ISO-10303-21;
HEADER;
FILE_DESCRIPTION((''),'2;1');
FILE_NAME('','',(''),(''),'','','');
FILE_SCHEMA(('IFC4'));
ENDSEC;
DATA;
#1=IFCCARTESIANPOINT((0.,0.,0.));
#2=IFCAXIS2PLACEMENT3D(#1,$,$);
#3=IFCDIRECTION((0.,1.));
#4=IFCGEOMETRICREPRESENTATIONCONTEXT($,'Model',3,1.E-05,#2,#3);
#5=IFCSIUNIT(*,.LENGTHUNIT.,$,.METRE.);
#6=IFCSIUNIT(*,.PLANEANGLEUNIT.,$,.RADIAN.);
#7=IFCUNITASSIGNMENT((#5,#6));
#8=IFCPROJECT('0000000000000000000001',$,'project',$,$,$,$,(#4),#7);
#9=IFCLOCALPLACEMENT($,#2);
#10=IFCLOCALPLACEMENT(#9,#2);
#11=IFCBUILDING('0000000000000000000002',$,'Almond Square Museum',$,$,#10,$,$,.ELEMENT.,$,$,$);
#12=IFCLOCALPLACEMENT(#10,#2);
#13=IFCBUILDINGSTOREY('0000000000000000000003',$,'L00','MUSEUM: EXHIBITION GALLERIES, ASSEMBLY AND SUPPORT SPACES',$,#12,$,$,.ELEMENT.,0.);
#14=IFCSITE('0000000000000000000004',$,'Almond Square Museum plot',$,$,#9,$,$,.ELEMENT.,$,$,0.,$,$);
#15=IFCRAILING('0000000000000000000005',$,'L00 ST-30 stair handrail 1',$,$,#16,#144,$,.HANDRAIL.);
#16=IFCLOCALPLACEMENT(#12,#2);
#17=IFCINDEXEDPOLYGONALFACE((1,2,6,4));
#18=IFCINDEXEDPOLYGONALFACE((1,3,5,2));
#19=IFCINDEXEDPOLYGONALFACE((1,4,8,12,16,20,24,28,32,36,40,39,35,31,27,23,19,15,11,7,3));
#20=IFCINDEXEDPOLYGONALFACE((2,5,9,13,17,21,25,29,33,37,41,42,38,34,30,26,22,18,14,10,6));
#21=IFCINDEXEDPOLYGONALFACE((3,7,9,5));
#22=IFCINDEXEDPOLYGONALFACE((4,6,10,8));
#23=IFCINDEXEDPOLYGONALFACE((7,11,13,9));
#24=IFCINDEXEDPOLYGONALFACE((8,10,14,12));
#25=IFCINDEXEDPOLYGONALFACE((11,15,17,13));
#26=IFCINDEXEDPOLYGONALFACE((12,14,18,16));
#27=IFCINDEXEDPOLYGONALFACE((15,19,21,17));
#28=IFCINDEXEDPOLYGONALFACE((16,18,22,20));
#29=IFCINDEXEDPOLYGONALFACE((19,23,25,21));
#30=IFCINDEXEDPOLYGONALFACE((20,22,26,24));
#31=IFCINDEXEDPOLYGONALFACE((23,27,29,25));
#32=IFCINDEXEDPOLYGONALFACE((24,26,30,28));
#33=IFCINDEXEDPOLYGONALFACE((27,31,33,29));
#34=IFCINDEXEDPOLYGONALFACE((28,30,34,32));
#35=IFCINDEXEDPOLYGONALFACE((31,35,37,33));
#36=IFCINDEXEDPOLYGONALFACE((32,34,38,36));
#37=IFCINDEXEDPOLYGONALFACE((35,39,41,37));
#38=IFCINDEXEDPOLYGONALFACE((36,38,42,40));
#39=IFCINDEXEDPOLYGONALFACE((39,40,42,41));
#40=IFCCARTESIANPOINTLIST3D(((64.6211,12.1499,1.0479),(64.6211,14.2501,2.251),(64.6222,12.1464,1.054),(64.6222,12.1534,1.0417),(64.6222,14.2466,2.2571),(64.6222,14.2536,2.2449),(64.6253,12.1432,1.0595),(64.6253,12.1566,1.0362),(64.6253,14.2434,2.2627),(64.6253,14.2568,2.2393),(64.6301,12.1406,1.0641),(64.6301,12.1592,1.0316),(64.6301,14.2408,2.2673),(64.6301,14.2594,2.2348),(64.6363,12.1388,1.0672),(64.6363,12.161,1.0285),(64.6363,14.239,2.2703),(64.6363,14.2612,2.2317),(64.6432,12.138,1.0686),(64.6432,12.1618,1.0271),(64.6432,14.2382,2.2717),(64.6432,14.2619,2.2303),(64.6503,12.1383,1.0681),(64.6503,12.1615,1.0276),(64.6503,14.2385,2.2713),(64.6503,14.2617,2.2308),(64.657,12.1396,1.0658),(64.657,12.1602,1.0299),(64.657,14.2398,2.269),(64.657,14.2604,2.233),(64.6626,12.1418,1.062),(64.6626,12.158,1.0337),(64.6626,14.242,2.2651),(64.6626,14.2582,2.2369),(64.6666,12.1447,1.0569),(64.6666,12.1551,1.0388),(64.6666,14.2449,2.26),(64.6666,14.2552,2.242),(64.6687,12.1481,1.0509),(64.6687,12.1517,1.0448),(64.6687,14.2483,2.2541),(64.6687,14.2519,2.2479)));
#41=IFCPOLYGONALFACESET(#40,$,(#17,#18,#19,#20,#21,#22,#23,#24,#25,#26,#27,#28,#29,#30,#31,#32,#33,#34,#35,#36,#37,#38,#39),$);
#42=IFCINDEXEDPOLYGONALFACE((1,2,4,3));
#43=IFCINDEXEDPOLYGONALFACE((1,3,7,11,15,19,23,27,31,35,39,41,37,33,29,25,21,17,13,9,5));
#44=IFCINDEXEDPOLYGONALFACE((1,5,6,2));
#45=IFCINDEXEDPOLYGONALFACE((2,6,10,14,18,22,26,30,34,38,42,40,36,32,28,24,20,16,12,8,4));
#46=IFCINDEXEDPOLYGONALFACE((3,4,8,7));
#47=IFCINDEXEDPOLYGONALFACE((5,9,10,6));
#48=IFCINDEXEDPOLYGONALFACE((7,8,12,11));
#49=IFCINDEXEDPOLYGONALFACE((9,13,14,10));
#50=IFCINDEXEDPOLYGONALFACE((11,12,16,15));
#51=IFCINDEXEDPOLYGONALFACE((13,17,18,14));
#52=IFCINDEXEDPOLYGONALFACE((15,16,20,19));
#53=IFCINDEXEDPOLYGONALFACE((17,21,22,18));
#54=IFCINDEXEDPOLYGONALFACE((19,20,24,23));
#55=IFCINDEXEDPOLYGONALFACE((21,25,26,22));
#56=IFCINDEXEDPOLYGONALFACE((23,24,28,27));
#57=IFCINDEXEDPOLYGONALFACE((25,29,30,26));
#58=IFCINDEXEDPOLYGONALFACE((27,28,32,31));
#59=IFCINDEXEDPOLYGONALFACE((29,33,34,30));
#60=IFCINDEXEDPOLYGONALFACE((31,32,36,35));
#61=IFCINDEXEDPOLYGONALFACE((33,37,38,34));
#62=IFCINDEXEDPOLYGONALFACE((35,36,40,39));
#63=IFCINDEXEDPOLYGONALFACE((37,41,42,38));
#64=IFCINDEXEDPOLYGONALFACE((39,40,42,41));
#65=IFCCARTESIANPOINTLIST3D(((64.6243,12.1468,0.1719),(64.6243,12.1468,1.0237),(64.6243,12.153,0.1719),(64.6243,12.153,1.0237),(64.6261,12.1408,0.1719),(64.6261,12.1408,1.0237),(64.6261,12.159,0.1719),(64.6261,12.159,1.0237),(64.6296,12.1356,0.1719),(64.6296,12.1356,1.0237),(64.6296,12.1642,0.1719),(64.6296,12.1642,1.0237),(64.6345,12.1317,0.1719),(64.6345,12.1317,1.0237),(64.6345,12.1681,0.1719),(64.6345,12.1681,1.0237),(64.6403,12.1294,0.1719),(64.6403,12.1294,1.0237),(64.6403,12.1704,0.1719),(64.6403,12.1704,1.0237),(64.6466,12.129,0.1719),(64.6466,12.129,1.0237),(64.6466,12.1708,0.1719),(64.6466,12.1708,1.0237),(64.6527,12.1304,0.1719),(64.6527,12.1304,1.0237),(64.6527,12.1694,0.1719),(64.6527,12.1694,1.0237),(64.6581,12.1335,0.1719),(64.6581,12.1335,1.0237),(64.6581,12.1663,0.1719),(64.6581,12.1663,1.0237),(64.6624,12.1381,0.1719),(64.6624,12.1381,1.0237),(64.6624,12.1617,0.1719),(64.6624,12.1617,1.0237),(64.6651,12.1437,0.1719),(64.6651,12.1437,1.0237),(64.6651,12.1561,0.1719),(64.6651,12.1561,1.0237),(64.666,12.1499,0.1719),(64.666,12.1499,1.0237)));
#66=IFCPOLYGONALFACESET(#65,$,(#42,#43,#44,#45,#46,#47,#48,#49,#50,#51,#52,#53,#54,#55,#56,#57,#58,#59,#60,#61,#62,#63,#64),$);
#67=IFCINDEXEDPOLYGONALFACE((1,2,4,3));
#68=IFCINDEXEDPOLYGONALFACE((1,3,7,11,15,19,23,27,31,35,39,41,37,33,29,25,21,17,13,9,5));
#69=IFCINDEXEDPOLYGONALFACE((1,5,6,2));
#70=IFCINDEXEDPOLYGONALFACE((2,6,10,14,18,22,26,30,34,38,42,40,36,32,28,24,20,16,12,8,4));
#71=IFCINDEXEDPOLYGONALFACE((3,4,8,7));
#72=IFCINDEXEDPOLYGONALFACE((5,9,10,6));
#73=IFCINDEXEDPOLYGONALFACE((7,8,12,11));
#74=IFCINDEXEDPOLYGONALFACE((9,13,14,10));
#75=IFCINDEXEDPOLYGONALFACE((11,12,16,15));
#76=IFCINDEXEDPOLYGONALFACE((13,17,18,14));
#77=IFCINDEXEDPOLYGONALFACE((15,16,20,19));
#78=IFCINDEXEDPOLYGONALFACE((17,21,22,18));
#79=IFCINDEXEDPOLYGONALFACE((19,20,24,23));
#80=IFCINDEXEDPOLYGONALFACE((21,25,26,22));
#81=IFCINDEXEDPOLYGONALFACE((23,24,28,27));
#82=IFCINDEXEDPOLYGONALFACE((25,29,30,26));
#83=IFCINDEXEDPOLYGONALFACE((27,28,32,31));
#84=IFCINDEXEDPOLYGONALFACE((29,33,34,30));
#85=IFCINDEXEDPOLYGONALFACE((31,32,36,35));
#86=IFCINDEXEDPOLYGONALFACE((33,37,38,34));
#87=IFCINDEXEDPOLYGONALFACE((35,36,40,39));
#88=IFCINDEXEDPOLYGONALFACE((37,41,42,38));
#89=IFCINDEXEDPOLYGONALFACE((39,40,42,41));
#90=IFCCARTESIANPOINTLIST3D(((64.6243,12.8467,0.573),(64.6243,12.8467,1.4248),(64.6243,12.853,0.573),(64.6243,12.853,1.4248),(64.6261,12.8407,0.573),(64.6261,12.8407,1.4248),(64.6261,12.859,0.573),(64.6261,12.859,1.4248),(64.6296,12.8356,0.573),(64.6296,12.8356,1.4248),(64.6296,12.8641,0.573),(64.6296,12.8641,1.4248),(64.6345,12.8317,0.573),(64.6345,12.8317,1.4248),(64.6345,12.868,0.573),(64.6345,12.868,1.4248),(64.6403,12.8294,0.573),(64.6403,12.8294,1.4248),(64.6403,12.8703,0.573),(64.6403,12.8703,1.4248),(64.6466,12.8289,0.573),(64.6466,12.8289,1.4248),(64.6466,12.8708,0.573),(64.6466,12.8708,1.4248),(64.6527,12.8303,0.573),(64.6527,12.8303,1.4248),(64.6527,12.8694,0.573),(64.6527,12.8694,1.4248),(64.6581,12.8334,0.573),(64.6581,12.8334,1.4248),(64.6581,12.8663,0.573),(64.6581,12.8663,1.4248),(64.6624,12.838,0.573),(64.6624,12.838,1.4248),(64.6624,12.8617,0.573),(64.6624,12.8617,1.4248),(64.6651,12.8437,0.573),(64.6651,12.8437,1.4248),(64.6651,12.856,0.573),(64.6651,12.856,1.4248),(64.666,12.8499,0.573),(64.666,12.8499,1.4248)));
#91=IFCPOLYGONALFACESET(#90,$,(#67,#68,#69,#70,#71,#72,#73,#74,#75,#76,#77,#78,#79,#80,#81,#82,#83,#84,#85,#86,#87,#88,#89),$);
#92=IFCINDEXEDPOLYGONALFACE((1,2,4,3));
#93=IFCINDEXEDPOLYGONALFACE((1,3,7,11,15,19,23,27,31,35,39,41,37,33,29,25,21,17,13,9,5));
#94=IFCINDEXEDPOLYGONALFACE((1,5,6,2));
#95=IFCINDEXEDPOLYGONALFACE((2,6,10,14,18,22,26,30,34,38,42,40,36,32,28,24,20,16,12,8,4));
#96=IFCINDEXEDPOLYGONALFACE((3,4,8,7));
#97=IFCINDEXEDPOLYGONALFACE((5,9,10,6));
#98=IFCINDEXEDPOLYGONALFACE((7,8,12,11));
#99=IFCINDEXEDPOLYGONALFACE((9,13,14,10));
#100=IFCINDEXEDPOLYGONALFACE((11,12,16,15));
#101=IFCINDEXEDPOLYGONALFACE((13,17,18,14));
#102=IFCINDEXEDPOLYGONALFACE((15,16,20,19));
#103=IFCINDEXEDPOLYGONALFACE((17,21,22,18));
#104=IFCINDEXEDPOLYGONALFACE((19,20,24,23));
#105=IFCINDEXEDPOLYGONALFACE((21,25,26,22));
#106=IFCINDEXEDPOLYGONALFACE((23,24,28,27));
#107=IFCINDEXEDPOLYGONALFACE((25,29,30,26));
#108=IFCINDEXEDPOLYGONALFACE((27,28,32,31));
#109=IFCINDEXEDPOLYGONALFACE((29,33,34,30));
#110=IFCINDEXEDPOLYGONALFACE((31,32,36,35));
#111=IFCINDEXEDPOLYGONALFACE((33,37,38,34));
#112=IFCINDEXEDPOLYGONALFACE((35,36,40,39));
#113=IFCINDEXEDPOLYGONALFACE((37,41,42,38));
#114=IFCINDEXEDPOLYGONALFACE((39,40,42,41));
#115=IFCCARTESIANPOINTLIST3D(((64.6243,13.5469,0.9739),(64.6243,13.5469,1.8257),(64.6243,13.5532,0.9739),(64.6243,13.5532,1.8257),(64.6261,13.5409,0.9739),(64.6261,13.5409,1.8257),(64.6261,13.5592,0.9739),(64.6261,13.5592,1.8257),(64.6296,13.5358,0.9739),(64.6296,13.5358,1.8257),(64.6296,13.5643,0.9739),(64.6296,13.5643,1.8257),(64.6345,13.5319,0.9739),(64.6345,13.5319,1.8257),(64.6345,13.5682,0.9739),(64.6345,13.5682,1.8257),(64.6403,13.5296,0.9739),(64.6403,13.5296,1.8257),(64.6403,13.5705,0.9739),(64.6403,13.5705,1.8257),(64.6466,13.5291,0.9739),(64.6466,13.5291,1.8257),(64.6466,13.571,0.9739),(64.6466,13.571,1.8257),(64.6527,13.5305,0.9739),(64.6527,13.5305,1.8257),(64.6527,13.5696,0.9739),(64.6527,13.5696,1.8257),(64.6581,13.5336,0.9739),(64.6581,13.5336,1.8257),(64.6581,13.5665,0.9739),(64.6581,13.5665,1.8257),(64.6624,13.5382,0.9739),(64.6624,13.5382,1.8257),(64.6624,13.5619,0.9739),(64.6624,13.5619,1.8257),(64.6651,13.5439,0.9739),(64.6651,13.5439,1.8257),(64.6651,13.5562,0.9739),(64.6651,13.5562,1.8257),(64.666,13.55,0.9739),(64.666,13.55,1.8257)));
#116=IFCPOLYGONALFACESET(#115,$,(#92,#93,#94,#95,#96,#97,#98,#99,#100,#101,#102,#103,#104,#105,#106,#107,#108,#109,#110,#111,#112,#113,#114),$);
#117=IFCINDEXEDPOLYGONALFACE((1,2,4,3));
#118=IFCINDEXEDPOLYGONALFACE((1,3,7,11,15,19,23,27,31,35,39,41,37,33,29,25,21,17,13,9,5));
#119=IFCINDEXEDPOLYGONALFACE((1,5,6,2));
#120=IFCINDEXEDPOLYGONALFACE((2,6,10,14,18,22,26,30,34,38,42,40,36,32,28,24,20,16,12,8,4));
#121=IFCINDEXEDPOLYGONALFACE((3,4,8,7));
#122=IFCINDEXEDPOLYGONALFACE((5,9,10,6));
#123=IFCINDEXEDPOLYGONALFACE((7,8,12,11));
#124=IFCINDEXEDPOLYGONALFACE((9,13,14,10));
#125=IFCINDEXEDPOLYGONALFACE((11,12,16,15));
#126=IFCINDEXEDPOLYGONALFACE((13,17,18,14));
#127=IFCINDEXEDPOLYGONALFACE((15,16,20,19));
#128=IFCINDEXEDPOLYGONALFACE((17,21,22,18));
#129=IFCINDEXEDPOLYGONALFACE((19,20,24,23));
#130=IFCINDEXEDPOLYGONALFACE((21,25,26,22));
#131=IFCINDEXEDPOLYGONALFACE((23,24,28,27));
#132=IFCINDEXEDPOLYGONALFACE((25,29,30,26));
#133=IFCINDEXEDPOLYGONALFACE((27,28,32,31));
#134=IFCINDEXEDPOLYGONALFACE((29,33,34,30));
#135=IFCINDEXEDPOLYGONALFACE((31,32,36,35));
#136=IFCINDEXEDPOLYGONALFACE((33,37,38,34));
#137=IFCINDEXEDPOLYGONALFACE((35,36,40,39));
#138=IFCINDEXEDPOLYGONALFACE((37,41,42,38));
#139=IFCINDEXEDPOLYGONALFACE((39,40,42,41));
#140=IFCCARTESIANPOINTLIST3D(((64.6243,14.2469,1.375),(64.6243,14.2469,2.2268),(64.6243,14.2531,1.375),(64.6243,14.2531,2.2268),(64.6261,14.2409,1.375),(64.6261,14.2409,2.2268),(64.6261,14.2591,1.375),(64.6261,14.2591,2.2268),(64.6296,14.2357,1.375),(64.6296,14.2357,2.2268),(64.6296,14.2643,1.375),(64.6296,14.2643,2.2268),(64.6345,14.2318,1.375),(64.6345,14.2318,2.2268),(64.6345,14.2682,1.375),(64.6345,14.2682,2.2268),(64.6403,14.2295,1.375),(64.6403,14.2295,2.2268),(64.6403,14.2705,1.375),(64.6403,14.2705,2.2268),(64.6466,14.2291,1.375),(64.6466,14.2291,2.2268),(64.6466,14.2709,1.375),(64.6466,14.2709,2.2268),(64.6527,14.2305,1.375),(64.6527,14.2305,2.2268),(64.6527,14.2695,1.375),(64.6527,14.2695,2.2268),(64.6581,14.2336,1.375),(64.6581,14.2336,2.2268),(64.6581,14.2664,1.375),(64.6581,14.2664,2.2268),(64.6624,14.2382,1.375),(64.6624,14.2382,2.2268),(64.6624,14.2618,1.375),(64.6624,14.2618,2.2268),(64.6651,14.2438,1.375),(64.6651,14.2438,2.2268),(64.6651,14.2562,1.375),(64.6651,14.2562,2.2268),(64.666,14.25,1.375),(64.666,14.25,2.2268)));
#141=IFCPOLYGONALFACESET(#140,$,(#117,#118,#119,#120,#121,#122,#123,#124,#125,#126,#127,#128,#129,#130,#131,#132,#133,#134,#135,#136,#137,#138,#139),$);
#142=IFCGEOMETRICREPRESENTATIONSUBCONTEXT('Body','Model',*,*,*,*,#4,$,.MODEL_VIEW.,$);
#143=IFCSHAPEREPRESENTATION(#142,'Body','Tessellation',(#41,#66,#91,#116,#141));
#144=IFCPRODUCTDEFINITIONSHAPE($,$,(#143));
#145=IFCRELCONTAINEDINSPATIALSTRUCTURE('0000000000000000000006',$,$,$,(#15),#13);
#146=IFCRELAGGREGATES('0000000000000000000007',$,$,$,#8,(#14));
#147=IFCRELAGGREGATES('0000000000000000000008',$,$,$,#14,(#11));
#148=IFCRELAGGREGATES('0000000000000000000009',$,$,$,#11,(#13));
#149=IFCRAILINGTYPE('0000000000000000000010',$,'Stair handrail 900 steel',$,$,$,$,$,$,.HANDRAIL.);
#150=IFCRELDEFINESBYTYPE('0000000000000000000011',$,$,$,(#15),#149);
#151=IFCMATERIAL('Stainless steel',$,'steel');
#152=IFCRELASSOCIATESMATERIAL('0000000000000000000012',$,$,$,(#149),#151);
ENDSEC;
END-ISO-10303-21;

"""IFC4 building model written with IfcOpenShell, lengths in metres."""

from ifc_helpers import new_model, si_unit, direction, frame, origin, origin_2d, place, context, subcontext, project, spatial, circle, extrude, material, type_object, element, save


model = new_model("IFC4")

# Units and contexts
model_context = context("Model", 3, precision=1e-05, world=origin(), true_north=direction((0.0, 1.0)))
body_context = subcontext(model_context, "Body", "Model", "MODEL_VIEW")
ifc_project = project(units=[si_unit("LENGTHUNIT", "METRE"), si_unit("PLANEANGLEUNIT", "RADIAN")], contexts=[model_context])

# Site, building, storey
site_placement = place(None, origin())
site = spatial("IfcSite", under=ifc_project, at=site_placement, Name="Almond Square Museum plot", CompositionType="ELEMENT", RefElevation=0.0)
building_placement = place(site_placement, origin())
building = spatial("IfcBuilding", under=site, at=building_placement, Name="Almond Square Museum", CompositionType="ELEMENT")
storey_placement = place(building_placement, origin())
storey = spatial("IfcBuildingStorey", under=building, at=storey_placement, Name="L00", Description="MUSEUM: EXHIBITION GALLERIES, ASSEMBLY AND SUPPORT SPACES", CompositionType="ELEMENT", Elevation=0.0)

# Railing
ifc_material_1 = material(Name="Stainless steel", Category="steel")
railing_type_1 = type_object("IfcRailingType", Name="Stair handrail 900 steel", PredefinedType="HANDRAIL", material=ifc_material_1)
railing_1_placement = place(storey_placement, frame((64.645, 12.1499, 0.1719)))
element("IfcRailing", 1, at=railing_1_placement, inside=storey, type_object=railing_type_1, Name="L00 ST-30 stair handrail 1", PredefinedType="HANDRAIL", context=body_context, shape_type="SweptSolid", body=[
    extrude(circle(Radius=0.0239, at=origin_2d()), frame((0.0, 0.0, 0.876), z_axis=(0.0, 0.867696, 0.497095), x_axis=(-1.0, 0.0, 0.0)), (0.0, 0.0, 1.0), 2.4204),
    extrude(circle(Radius=0.021, at=origin_2d()), origin(), (0.0, 0.0, 1.0), 0.8518),
    extrude(circle(Radius=0.021, at=origin_2d()), frame((0.0, 0.7, 0.4011)), (0.0, 0.0, 1.0), 0.8518),
    extrude(circle(Radius=0.021, at=origin_2d()), frame((0.0, 1.4001, 0.802)), (0.0, 0.0, 1.0), 0.8518),
    extrude(circle(Radius=0.021, at=origin_2d()), frame((0.0, 2.1001, 1.2031)), (0.0, 0.0, 1.0), 0.8518),
])

save(model, "model.ifc")
